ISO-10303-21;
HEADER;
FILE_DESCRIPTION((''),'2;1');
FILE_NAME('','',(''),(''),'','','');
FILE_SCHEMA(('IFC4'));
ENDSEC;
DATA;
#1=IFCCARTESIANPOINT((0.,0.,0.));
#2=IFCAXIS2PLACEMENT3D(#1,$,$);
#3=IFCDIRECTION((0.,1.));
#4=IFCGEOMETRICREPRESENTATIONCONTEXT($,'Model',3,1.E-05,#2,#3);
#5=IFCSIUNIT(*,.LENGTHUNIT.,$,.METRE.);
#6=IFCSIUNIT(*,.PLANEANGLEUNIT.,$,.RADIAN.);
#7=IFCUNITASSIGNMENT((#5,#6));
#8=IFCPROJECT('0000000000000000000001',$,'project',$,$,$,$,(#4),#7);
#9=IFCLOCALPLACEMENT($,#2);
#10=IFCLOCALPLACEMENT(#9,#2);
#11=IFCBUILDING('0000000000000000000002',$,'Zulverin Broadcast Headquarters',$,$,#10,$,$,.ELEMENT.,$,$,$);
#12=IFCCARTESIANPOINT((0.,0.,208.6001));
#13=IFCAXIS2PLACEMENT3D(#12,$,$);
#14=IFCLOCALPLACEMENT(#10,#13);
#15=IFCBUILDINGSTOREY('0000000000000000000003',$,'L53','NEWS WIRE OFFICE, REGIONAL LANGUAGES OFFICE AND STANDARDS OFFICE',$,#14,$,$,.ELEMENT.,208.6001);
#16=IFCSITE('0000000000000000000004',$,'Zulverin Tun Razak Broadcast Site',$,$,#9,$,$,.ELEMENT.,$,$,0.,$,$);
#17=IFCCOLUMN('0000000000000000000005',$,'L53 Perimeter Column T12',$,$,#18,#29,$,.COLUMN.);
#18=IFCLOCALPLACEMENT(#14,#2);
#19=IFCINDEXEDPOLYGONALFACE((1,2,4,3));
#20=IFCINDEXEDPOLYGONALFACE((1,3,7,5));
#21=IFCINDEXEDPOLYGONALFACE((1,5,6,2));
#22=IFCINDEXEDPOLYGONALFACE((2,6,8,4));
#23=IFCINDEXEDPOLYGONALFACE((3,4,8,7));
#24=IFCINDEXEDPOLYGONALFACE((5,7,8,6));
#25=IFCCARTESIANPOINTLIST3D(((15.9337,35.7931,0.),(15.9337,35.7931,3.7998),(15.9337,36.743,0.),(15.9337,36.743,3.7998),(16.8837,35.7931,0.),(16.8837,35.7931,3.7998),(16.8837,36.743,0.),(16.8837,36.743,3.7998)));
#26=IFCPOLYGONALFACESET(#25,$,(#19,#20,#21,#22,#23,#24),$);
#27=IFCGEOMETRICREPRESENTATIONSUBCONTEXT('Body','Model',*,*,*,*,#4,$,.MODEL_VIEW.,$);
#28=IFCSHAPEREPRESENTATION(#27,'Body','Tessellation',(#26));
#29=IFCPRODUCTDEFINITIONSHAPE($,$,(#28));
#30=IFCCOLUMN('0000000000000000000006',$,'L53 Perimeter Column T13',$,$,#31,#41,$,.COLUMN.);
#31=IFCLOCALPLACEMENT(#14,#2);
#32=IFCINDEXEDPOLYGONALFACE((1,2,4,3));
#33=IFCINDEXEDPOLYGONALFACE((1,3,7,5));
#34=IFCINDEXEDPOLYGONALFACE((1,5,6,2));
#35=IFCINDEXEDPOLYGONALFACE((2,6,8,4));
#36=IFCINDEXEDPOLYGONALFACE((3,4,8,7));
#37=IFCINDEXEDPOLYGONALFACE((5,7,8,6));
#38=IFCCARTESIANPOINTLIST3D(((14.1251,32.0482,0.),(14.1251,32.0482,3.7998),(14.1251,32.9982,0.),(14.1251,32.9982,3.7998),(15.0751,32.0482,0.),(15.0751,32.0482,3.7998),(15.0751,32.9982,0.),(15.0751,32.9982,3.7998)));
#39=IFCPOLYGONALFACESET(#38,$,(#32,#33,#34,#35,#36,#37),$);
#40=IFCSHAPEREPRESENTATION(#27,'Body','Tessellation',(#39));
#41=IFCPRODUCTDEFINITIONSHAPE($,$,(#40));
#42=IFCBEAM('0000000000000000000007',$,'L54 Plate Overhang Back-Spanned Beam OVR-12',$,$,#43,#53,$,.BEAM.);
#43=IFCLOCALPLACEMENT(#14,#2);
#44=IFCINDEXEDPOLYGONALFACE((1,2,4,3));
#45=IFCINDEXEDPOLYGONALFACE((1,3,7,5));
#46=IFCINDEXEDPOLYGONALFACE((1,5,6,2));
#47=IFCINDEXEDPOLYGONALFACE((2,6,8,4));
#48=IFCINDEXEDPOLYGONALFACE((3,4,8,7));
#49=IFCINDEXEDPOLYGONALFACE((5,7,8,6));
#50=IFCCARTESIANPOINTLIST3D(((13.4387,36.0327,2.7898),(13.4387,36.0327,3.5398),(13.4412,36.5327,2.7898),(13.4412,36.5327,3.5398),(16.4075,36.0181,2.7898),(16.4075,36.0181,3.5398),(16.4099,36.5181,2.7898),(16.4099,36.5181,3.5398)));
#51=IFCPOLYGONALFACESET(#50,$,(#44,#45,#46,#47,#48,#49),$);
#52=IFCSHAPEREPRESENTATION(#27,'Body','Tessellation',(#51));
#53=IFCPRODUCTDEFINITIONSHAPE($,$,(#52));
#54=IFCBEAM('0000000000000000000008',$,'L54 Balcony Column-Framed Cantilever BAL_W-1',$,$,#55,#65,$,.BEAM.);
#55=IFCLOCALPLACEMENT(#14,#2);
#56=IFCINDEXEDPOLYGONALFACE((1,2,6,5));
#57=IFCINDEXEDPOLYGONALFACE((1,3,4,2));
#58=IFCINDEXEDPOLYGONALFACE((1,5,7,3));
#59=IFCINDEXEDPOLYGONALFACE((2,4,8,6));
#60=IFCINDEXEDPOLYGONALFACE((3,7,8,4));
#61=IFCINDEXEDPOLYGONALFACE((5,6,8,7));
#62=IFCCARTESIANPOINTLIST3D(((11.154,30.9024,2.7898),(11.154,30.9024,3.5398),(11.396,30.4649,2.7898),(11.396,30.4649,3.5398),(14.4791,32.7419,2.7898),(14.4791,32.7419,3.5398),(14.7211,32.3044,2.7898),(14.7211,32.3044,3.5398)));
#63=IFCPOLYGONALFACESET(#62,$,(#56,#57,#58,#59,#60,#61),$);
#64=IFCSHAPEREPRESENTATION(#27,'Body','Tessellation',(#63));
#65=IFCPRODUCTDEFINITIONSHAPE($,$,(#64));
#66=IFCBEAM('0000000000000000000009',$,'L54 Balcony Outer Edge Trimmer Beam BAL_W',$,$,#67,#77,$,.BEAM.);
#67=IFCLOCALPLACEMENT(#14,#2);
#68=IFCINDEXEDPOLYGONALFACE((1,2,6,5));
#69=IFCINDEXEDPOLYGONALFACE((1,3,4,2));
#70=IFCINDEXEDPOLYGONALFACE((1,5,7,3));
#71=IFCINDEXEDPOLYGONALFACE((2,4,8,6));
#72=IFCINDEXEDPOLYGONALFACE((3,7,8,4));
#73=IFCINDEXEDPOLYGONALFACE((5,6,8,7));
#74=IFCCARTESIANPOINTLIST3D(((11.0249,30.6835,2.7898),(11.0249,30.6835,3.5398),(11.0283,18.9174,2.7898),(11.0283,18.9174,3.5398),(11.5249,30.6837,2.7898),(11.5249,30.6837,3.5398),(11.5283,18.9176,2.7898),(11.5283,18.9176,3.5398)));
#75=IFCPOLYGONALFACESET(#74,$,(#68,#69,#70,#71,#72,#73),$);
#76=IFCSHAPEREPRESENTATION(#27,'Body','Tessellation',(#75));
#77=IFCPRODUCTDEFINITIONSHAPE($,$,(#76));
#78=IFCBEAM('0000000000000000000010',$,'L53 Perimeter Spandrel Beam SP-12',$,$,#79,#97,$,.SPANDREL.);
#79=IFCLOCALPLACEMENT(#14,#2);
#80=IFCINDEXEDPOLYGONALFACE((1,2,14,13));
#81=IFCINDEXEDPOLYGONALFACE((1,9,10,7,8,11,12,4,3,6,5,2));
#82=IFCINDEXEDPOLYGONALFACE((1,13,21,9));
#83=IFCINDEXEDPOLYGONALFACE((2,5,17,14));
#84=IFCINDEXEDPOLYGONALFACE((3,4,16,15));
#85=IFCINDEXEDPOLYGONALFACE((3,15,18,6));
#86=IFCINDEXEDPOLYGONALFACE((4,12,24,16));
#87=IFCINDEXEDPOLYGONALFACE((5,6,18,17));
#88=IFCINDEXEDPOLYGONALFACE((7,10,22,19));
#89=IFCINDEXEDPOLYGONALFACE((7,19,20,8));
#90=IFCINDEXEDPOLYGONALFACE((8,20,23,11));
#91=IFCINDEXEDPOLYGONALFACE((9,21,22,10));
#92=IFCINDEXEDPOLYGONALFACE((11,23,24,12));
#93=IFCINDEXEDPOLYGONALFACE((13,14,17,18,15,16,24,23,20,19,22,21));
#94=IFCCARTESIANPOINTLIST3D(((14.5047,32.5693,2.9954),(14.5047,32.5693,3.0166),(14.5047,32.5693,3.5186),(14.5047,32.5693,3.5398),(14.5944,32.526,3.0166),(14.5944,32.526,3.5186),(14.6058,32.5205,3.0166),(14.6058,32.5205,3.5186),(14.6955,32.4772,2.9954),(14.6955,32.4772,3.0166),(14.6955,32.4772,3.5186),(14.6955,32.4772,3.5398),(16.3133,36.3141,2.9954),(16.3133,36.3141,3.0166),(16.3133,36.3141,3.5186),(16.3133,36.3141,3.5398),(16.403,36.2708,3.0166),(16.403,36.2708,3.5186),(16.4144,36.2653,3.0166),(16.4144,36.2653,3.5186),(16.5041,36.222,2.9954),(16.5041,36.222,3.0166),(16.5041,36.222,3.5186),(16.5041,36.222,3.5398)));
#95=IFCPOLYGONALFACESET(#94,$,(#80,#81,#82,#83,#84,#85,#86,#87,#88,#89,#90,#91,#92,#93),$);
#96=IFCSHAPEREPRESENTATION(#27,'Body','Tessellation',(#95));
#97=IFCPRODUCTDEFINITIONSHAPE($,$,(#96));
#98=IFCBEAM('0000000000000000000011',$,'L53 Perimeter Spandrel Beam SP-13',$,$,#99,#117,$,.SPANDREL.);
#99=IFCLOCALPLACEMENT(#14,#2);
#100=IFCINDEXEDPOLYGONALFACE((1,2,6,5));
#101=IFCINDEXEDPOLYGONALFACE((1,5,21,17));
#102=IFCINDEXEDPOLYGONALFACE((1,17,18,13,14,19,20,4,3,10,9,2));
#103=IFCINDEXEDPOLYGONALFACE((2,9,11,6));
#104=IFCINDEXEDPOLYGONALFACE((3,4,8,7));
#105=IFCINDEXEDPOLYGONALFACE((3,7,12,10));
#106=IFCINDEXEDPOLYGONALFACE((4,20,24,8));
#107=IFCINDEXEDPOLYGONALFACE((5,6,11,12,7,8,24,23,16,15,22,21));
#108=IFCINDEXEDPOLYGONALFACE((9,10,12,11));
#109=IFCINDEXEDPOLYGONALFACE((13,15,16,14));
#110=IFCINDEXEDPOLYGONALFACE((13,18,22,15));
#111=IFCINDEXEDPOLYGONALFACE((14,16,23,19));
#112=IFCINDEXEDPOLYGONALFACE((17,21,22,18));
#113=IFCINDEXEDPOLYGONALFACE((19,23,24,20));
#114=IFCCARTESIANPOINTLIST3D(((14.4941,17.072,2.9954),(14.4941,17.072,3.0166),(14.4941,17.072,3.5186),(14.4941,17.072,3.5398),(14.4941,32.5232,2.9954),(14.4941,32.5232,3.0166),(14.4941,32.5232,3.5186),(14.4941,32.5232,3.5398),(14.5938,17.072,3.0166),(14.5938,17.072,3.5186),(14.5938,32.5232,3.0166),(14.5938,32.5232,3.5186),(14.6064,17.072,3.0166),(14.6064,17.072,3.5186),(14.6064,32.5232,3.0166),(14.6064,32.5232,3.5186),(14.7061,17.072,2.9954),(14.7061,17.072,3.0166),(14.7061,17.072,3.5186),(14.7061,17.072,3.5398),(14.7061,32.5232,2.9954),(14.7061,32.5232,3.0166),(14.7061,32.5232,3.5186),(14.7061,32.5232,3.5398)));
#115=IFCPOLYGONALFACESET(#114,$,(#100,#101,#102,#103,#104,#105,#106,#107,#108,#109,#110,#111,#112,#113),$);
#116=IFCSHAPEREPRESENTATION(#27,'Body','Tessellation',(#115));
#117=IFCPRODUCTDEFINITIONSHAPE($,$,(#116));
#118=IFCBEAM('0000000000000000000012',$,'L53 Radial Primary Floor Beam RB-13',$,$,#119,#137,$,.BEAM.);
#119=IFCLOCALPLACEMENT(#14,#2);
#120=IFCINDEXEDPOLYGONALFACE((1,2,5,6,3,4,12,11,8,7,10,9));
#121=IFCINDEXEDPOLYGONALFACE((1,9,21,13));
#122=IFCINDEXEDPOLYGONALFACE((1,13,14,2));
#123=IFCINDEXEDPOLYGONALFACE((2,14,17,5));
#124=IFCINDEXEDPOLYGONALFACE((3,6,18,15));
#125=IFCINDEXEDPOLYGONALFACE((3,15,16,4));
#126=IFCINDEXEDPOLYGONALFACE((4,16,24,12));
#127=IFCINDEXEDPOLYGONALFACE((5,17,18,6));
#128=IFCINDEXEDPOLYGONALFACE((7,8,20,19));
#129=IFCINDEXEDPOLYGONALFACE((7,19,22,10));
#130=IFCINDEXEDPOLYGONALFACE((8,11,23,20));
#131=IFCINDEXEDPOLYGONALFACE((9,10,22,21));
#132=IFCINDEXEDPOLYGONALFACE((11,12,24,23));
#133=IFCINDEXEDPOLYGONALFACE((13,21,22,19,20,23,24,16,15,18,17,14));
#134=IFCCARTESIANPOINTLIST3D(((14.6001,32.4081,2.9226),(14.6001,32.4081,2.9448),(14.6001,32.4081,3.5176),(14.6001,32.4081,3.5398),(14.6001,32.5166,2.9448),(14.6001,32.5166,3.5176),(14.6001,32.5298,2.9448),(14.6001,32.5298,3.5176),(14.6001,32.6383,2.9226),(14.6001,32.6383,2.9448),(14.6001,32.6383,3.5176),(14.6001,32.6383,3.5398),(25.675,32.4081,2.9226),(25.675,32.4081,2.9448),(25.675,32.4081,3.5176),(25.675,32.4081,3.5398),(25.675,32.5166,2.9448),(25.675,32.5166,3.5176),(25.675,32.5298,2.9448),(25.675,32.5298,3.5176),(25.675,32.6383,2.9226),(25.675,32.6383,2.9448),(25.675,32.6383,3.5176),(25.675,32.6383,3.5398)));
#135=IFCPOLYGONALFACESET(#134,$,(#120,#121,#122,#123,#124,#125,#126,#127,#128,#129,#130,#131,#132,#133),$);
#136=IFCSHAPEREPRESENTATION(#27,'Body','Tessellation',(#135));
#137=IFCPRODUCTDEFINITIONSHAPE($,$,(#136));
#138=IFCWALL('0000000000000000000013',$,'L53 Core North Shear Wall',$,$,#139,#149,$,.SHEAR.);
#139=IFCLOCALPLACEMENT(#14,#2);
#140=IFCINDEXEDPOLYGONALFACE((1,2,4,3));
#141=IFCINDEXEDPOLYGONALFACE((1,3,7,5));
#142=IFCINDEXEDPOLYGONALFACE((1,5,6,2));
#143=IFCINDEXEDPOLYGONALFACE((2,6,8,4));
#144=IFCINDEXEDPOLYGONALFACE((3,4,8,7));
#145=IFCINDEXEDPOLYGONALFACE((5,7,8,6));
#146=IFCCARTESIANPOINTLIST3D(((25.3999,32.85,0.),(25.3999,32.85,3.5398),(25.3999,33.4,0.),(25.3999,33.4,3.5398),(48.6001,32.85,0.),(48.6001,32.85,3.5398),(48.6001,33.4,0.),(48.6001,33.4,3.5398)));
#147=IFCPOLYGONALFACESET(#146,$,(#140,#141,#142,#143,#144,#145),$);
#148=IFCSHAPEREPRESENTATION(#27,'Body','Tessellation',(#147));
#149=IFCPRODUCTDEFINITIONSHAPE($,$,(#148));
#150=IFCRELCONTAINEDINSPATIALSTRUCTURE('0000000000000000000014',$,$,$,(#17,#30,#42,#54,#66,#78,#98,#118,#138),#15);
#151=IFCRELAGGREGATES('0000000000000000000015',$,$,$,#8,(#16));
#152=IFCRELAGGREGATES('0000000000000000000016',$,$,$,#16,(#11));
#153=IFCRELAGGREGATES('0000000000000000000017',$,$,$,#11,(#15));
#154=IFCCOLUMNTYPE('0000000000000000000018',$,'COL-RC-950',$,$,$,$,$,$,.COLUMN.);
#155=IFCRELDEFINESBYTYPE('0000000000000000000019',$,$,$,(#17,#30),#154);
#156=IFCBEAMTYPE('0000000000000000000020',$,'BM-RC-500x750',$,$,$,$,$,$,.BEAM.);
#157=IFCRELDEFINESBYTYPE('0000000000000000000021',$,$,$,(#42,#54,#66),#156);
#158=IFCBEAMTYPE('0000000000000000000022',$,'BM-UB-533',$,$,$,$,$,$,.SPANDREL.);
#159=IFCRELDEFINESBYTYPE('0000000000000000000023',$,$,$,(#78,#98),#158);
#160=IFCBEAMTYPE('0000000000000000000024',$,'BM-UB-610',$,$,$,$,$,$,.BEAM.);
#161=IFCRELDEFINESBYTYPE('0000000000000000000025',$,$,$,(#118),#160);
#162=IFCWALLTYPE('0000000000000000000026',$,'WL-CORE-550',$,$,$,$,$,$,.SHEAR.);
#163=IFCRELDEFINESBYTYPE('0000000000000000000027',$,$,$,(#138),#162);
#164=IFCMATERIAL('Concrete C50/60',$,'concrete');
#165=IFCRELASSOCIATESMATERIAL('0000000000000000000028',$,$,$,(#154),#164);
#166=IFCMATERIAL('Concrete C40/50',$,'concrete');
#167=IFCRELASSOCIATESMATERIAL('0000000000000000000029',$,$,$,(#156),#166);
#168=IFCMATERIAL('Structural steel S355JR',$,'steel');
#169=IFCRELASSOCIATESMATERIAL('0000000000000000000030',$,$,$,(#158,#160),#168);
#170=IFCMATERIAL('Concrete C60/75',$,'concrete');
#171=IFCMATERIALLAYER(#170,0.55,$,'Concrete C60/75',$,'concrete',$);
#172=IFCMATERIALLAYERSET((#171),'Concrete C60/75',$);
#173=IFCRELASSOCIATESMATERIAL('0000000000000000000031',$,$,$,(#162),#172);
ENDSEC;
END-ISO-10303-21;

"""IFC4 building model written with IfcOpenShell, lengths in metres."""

from ifc_helpers import new_model, si_unit, direction, frame, frame_2d, origin, origin_2d, place, context, subcontext, project, spatial, rectangle, i_section, extrude, material, layer, layer_set, material_profile, profile_set, type_object, element, save


model = new_model("IFC4")

# Units and contexts
model_context = context("Model", 3, precision=1e-05, world=origin(), true_north=direction((0.0, 1.0)))
body_context = subcontext(model_context, "Body", "Model", "MODEL_VIEW")
ifc_project = project(units=[si_unit("LENGTHUNIT", "METRE"), si_unit("PLANEANGLEUNIT", "RADIAN")], contexts=[model_context])

# Site, building, storey
site_placement = place(None, origin())
site = spatial("IfcSite", under=ifc_project, at=site_placement, Name="Zulverin Tun Razak Broadcast Site", CompositionType="ELEMENT", RefElevation=0.0)
building_placement = place(site_placement, origin())
building = spatial("IfcBuilding", under=site, at=building_placement, Name="Zulverin Broadcast Headquarters", CompositionType="ELEMENT")
storey_placement = place(building_placement, frame((0.0, 0.0, 208.6001)))
storey = spatial("IfcBuildingStorey", under=building, at=storey_placement, Name="L53", Description="NEWS WIRE OFFICE, REGIONAL LANGUAGES OFFICE AND STANDARDS OFFICE", CompositionType="ELEMENT", Elevation=208.6001)

# Columns
ifc_material_1 = material(Name="Concrete C50/60", Category="concrete")
ifc_material_profile_1 = material_profile(ifc_material_1, rectangle(XDim=0.95, YDim=0.95, at=origin_2d()), Name="Concrete C50/60", Category="concrete")
ifc_profile_set_1 = profile_set([ifc_material_profile_1], Name="Concrete C50/60")
column_type = type_object("IfcColumnType", Name="COL-RC-950", PredefinedType="COLUMN", material=ifc_profile_set_1)
for number, where, z_axis, x_axis, name in (
    (1, (16.4087, 36.2681, 0.0), (0.0, 0.0, 1.0), (1.0, 0.0, 0.0), "L53 Perimeter Column T12"),
    (2, (14.6001, 32.5232, 0.0), (0.0, 0.0, 1.0), (1.0, 0.0, 0.0), "L53 Perimeter Column T13"),
):
    element("IfcColumn", number, at=place(storey_placement, frame(where, z_axis=z_axis, x_axis=x_axis)), inside=storey, type_object=column_type, Name=name, PredefinedType="COLUMN", context=body_context, shape_type="SweptSolid", body=[
        extrude(rectangle(XDim=0.95, YDim=0.95, at=origin_2d()), origin(), (0.0, 0.0, 1.0), 3.7998),
    ])

# Beams
ifc_material_2 = material(Name="Concrete C40/50", Category="concrete")
ifc_material_profile_2 = material_profile(ifc_material_2, rectangle(XDim=0.5, YDim=0.75, at=origin_2d()), Name="Concrete C40/50", Category="concrete")
ifc_profile_set_2 = profile_set([ifc_material_profile_2], Name="Concrete C40/50")
beam_type_1 = type_object("IfcBeamType", Name="BM-RC-500x750", PredefinedType="BEAM", material=ifc_profile_set_2)
beam_1_placement = place(storey_placement, frame((16.4087, 36.2681, 3.1648), z_axis=(-0.999988, 0.004934, 0.0), x_axis=(-0.004934, -0.999988, 0.0)))
element("IfcBeam", 3, at=beam_1_placement, inside=storey, type_object=beam_type_1, Name="L54 Plate Overhang Back-Spanned Beam OVR-12", PredefinedType="BEAM", context=body_context, shape_type="SweptSolid", body=[
    extrude(rectangle(XDim=0.5, YDim=0.75, at=origin_2d()), origin(), (0.0, 0.0, 1.0), 2.9688),
])
beam_2_placement = place(storey_placement, frame((14.6001, 32.5232, 3.1648), z_axis=(-0.87502, -0.484088, 0.0), x_axis=(0.484088, -0.87502, 0.0)))
element("IfcBeam", 4, at=beam_2_placement, inside=storey, type_object=beam_type_1, Name="L54 Balcony Column-Framed Cantilever BAL_W-1", PredefinedType="BEAM", context=body_context, shape_type="SweptSolid", body=[
    extrude(rectangle(XDim=0.5, YDim=0.75, at=origin_2d()), origin(), (0.0, 0.0, 1.0), 3.8),
])
beam_3_placement = place(storey_placement, frame((11.2749, 30.6836, 3.1648), z_axis=(0.00029, -1.0, 0.0), x_axis=(1.0, 0.00029, 0.0)))
element("IfcBeam", 5, at=beam_3_placement, inside=storey, type_object=beam_type_1, Name="L54 Balcony Outer Edge Trimmer Beam BAL_W", PredefinedType="BEAM", context=body_context, shape_type="SweptSolid", body=[
    extrude(rectangle(XDim=0.5, YDim=0.75, at=origin_2d()), origin(), (0.0, 0.0, 1.0), 11.7661),
])
ifc_material_3 = material(Name="Structural steel S355JR", Category="steel")
ifc_material_profile_3 = material_profile(ifc_material_3, i_section(OverallWidth=0.2119, OverallDepth=0.5444, WebThickness=0.0127, FlangeThickness=0.0212, at=origin_2d()), Name="Structural steel S355JR", Category="steel")
ifc_profile_set_3 = profile_set([ifc_material_profile_3], Name="Structural steel S355JR")
beam_type_2 = type_object("IfcBeamType", Name="BM-UB-533", PredefinedType="SPANDREL", material=ifc_profile_set_3)
beam_4_placement = place(storey_placement, frame((16.4087, 36.2681, 3.2676), z_axis=(-0.43489, -0.900483, 0.0), x_axis=(0.900483, -0.43489, 0.0)))
element("IfcBeam", 6, at=beam_4_placement, inside=storey, type_object=beam_type_2, Name="L53 Perimeter Spandrel Beam SP-12", PredefinedType="SPANDREL", context=body_context, shape_type="SweptSolid", body=[
    extrude(i_section(OverallWidth=0.2119, OverallDepth=0.5444, WebThickness=0.0127, FlangeThickness=0.0212, at=origin_2d()), origin(), (0.0, 0.0, 1.0), 4.1587),
])
beam_5_placement = place(storey_placement, frame((14.6001, 32.5232, 3.2676), z_axis=(0.0, -1.0, 0.0), x_axis=(1.0, 0.0, 0.0)))
element("IfcBeam", 7, at=beam_5_placement, inside=storey, type_object=beam_type_2, Name="L53 Perimeter Spandrel Beam SP-13", PredefinedType="SPANDREL", context=body_context, shape_type="SweptSolid", body=[
    extrude(i_section(OverallWidth=0.2119, OverallDepth=0.5444, WebThickness=0.0127, FlangeThickness=0.0212, at=origin_2d()), origin(), (0.0, 0.0, 1.0), 15.4512),
])
ifc_material_profile_4 = material_profile(ifc_material_3, i_section(OverallWidth=0.2302, OverallDepth=0.6172, WebThickness=0.0132, FlangeThickness=0.0222, at=origin_2d()), Name="Structural steel S355JR", Category="steel")
ifc_profile_set_4 = profile_set([ifc_material_profile_4], Name="Structural steel S355JR")
beam_type_3 = type_object("IfcBeamType", Name="BM-UB-610", PredefinedType="BEAM", material=ifc_profile_set_4)
beam_6_placement = place(storey_placement, frame((25.675, 32.5232, 3.2312), z_axis=(-1.0, 0.0, 0.0), x_axis=(0.0, -1.0, 0.0)))
element("IfcBeam", 8, at=beam_6_placement, inside=storey, type_object=beam_type_3, Name="L53 Radial Primary Floor Beam RB-13", PredefinedType="BEAM", context=body_context, shape_type="SweptSolid", body=[
    extrude(i_section(OverallWidth=0.2302, OverallDepth=0.6172, WebThickness=0.0132, FlangeThickness=0.0222, at=origin_2d()), origin(), (0.0, 0.0, 1.0), 11.075),
])

# Wall
ifc_material_4 = material(Name="Concrete C60/75", Category="concrete")
ifc_layer_1 = layer(ifc_material_4, 0.55, Name="Concrete C60/75", Category="concrete")
ifc_layer_set_1 = layer_set([ifc_layer_1], Name="Concrete C60/75")
wall_type_1 = type_object("IfcWallType", Name="WL-CORE-550", PredefinedType="SHEAR", material=ifc_layer_set_1)
wall_1_placement = place(storey_placement, frame((25.3999, 33.125, 0.0), z_axis=(0.0, 0.0, 1.0), x_axis=(1.0, 0.0, 0.0)))
element("IfcWall", 9, at=wall_1_placement, inside=storey, type_object=wall_type_1, Name="L53 Core North Shear Wall", PredefinedType="SHEAR", context=body_context, shape_type="SweptSolid", body=[
    extrude(rectangle(XDim=23.2002, YDim=0.55, at=frame_2d((11.6001, 0.0))), origin(), (0.0, 0.0, 1.0), 3.5398),
])

save(model, "model.ifc")
